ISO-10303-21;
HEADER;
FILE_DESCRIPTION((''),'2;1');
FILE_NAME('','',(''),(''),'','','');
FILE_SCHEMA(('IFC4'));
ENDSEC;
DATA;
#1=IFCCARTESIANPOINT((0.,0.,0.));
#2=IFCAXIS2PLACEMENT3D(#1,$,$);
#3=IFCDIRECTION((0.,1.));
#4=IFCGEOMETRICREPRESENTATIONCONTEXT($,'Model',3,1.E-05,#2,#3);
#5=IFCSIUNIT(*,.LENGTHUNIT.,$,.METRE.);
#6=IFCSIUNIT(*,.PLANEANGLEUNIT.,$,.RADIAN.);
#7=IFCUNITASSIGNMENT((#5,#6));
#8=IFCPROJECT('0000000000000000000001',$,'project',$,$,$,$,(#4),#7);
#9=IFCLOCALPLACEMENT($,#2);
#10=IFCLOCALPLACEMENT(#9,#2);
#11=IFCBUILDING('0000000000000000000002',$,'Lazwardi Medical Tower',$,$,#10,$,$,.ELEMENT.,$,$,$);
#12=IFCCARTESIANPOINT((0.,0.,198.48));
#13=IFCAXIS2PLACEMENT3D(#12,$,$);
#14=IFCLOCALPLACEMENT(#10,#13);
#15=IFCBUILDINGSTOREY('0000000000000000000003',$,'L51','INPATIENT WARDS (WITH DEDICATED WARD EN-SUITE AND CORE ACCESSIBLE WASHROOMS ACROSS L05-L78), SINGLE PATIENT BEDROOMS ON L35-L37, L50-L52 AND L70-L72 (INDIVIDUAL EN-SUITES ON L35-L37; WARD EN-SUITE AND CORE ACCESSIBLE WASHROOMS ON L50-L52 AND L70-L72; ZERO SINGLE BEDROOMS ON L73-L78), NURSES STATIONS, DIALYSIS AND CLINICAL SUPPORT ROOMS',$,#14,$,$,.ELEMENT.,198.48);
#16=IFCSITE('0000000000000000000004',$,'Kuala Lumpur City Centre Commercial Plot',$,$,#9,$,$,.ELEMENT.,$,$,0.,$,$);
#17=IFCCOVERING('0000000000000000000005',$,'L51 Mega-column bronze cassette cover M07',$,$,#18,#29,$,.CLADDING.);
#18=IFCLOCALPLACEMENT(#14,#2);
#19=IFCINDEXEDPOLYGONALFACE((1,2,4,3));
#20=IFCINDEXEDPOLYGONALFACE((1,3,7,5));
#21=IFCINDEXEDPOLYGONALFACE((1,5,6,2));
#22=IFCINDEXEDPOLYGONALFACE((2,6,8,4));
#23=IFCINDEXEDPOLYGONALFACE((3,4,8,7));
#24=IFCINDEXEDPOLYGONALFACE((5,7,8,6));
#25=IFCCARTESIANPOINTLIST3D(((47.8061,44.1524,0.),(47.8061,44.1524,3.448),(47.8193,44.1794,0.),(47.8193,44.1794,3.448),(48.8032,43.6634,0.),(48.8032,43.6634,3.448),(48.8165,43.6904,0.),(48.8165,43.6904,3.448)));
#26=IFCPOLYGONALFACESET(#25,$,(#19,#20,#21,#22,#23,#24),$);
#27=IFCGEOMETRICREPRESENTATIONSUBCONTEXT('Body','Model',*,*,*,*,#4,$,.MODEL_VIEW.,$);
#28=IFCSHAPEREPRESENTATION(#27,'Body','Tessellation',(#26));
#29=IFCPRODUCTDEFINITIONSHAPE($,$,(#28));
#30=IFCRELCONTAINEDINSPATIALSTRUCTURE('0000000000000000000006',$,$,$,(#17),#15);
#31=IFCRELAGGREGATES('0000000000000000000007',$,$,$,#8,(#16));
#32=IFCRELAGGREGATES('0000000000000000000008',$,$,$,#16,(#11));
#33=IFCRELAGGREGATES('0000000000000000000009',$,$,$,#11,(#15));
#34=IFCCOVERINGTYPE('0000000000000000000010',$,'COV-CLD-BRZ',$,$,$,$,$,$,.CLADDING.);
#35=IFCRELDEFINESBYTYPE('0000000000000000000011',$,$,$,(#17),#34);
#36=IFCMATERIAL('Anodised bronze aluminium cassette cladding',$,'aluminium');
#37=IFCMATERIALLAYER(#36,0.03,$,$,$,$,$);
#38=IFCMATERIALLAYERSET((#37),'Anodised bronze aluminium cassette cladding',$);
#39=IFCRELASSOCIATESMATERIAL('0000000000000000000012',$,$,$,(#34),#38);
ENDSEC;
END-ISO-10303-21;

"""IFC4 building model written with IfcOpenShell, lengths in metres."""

from ifc_helpers import new_model, si_unit, direction, frame, origin, origin_2d, place, context, subcontext, project, spatial, rectangle, extrude, material, layer, layer_set, type_object, element, save


model = new_model("IFC4")

# Units and contexts
model_context = context("Model", 3, precision=1e-05, world=origin(), true_north=direction((0.0, 1.0)))
body_context = subcontext(model_context, "Body", "Model", "MODEL_VIEW")
ifc_project = project(units=[si_unit("LENGTHUNIT", "METRE"), si_unit("PLANEANGLEUNIT", "RADIAN")], contexts=[model_context])

# Site, building, storey
site_placement = place(None, origin())
site = spatial("IfcSite", under=ifc_project, at=site_placement, Name="Kuala Lumpur City Centre Commercial Plot", CompositionType="ELEMENT", RefElevation=0.0)
building_placement = place(site_placement, origin())
building = spatial("IfcBuilding", under=site, at=building_placement, Name="Lazwardi Medical Tower", CompositionType="ELEMENT")
storey_placement = place(building_placement, frame((0.0, 0.0, 198.48)))
storey = spatial("IfcBuildingStorey", under=building, at=storey_placement, Name="L51", Description="INPATIENT WARDS (WITH DEDICATED WARD EN-SUITE AND CORE ACCESSIBLE WASHROOMS ACROSS L05-L78), SINGLE PATIENT BEDROOMS ON L35-L37, L50-L52 AND L70-L72 (INDIVIDUAL EN-SUITES ON L35-L37; WARD EN-SUITE AND CORE ACCESSIBLE WASHROOMS ON L50-L52 AND L70-L72; ZERO SINGLE BEDROOMS ON L73-L78), NURSES STATIONS, DIALYSIS AND CLINICAL SUPPORT ROOMS", CompositionType="ELEMENT", Elevation=198.48)

# Covering
ifc_material_1 = material(Name="Anodised bronze aluminium cassette cladding", Category="aluminium")
ifc_layer_1 = layer(ifc_material_1, 0.03)
ifc_layer_set_1 = layer_set([ifc_layer_1], Name="Anodised bronze aluminium cassette cladding")
covering_type = type_object("IfcCoveringType", Name="COV-CLD-BRZ", PredefinedType="CLADDING", material=ifc_layer_set_1)
covering_1_placement = place(storey_placement, frame((48.3113, 43.9214, 0.0), z_axis=(0.0, 0.0, 1.0), x_axis=(-0.89784, 0.440322, 0.0)))
element("IfcCovering", 1, at=covering_1_placement, inside=storey, type_object=covering_type, Name="L51 Mega-column bronze cassette cover M07", PredefinedType="CLADDING", context=body_context, shape_type="SweptSolid", body=[
    extrude(rectangle(XDim=1.1106, YDim=0.03, at=origin_2d()), origin(), (0.0, 0.0, 1.0), 3.448),
])

save(model, "model.ifc")
